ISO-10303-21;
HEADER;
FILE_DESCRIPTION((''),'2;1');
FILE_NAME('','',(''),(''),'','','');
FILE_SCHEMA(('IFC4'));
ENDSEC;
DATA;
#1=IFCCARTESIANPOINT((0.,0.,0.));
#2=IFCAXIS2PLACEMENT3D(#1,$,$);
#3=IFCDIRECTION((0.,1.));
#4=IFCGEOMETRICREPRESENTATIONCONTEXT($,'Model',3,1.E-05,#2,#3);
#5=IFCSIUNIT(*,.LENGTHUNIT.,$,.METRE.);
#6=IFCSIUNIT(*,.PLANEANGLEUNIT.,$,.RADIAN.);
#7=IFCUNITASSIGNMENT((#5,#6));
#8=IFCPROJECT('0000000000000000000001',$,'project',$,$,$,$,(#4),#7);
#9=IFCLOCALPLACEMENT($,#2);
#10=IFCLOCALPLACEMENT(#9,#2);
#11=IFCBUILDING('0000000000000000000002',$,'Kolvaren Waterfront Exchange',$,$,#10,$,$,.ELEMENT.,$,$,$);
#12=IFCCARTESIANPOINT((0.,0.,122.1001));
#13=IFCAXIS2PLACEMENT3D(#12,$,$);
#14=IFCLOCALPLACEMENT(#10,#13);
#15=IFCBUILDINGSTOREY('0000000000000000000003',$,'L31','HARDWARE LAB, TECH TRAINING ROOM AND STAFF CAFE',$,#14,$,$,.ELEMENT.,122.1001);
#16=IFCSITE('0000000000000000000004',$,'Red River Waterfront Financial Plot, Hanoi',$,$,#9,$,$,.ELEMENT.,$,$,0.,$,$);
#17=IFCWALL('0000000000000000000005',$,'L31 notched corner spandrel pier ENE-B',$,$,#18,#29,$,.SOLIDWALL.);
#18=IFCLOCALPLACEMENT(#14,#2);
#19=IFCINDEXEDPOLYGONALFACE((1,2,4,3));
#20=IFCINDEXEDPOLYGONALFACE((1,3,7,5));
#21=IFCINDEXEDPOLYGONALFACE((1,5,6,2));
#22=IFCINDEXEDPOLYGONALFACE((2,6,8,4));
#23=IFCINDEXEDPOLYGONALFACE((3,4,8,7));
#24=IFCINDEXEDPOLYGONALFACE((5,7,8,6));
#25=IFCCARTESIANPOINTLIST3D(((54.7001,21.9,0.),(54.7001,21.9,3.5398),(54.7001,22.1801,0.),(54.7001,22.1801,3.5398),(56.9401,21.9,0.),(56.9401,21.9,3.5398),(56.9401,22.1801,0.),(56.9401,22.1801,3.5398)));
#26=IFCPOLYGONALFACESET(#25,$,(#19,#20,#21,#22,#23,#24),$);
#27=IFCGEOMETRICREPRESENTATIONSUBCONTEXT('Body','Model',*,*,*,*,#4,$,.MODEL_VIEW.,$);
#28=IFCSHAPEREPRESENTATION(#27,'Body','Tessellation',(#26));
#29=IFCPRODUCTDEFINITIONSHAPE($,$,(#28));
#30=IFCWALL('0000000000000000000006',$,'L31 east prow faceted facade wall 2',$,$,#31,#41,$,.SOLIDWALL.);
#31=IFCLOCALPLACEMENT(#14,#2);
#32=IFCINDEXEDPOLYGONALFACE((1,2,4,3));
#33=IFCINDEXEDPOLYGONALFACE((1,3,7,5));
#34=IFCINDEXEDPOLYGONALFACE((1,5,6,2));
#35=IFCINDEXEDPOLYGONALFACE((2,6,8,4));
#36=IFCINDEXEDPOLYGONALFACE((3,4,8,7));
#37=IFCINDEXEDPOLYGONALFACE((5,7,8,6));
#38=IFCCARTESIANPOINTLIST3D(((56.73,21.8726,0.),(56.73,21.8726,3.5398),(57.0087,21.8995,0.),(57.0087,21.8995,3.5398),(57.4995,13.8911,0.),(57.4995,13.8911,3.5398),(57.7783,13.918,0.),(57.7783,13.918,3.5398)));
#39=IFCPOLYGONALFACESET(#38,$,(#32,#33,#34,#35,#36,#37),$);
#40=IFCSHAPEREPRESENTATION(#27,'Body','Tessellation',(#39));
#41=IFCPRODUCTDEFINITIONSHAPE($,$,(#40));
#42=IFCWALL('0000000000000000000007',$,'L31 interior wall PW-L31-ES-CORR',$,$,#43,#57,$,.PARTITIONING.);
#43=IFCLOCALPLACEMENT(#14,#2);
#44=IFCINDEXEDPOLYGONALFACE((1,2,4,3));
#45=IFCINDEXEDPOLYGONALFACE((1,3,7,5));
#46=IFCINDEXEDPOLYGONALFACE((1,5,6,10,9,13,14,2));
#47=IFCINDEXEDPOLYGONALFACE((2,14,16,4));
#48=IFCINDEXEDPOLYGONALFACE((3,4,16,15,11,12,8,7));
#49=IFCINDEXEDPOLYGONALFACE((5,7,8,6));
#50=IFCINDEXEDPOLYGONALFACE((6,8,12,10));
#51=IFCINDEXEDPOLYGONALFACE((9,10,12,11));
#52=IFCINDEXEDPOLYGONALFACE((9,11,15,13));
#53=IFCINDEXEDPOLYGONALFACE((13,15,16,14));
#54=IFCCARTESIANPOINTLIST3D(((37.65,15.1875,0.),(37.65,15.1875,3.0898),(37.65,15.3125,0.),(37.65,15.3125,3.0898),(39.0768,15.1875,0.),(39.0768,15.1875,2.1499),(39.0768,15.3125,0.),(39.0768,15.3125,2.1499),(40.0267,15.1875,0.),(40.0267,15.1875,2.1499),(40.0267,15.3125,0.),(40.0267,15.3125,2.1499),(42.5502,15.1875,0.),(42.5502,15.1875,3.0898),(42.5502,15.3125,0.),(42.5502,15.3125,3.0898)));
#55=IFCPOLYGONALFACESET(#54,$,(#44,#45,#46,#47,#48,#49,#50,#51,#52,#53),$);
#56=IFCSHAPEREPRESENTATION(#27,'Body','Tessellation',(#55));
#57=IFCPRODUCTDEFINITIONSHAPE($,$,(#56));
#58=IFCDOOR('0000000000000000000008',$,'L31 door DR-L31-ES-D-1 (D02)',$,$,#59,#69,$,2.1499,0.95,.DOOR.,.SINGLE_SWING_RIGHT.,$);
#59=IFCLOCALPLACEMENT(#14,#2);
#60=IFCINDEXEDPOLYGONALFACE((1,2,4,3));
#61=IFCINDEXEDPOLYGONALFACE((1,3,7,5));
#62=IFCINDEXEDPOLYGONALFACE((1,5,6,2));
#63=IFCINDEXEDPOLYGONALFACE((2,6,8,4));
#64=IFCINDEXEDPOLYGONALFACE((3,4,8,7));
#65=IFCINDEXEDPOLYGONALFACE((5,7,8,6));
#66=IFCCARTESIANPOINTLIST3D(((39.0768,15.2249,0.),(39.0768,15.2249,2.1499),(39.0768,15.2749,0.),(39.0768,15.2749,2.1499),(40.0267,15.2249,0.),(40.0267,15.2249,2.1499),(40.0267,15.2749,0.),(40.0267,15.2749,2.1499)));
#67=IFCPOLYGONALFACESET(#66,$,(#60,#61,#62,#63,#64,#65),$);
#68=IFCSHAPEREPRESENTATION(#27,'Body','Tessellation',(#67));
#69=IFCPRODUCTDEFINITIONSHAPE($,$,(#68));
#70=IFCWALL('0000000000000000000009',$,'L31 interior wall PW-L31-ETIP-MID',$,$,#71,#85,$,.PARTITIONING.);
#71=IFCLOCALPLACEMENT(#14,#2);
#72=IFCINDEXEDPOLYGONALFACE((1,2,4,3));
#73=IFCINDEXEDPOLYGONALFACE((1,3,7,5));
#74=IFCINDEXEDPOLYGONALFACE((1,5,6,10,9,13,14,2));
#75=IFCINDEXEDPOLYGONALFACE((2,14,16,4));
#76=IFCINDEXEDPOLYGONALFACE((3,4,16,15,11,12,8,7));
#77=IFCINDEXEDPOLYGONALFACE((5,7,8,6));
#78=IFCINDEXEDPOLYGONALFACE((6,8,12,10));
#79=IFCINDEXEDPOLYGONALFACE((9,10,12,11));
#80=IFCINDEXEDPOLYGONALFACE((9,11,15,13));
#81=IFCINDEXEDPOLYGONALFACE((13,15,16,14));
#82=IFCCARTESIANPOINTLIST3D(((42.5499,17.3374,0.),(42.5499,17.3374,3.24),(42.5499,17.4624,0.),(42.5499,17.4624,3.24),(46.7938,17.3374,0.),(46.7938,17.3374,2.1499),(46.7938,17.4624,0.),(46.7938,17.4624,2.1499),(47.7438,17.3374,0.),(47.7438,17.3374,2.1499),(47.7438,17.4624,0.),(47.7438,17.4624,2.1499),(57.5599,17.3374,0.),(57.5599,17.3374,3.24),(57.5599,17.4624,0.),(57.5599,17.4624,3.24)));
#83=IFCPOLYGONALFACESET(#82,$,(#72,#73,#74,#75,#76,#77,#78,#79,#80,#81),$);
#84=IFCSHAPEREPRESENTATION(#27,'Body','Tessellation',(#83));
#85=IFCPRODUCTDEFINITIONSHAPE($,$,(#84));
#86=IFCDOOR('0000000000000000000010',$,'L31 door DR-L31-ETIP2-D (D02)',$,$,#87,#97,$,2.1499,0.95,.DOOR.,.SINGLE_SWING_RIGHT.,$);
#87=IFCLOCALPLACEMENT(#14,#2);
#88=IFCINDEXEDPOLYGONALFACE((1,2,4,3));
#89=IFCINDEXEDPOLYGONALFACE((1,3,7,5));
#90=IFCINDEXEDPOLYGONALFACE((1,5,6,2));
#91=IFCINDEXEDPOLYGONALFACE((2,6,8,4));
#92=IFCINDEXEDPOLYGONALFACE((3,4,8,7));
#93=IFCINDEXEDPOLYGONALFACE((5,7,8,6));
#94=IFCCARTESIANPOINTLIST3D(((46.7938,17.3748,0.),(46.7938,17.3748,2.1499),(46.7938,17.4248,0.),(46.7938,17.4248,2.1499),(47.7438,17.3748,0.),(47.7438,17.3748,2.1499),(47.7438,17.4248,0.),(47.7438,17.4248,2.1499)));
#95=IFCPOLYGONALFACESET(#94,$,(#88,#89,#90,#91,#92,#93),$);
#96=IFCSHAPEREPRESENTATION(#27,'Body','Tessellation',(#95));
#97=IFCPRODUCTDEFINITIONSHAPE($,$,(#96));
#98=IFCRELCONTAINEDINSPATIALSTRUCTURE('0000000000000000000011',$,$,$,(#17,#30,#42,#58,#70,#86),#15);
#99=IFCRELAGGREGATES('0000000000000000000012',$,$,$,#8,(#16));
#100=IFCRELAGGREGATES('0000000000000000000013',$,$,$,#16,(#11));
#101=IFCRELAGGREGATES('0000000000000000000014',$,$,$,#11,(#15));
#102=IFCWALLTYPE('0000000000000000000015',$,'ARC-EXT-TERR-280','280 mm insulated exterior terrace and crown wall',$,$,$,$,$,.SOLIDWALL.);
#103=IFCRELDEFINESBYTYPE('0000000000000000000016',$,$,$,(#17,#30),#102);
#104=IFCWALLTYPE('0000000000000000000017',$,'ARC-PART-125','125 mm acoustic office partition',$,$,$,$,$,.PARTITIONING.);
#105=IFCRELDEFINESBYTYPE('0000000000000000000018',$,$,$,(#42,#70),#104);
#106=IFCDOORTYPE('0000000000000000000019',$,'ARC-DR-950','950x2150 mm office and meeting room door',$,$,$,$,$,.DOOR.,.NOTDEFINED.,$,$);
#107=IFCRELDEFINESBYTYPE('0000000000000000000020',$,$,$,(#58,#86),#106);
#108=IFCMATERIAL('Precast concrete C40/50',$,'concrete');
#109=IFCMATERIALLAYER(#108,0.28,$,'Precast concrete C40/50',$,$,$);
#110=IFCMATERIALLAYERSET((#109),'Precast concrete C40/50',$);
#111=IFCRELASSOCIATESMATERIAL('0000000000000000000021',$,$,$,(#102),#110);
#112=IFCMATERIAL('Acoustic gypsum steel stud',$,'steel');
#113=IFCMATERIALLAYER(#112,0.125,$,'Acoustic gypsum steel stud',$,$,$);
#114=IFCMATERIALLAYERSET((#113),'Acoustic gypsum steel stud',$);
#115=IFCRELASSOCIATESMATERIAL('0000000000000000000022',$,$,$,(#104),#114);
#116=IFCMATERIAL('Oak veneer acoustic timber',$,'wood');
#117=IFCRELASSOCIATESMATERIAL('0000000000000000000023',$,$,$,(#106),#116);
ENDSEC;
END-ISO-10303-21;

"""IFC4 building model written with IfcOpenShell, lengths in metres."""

from ifc_helpers import new_model, si_unit, direction, frame, frame_2d, origin, place, context, subcontext, project, spatial, rectangle, extrude, material, layer, layer_set, type_object, element, fill, save


model = new_model("IFC4")

# Units and contexts
model_context = context("Model", 3, precision=1e-05, world=origin(), true_north=direction((0.0, 1.0)))
body_context = subcontext(model_context, "Body", "Model", "MODEL_VIEW")
ifc_project = project(units=[si_unit("LENGTHUNIT", "METRE"), si_unit("PLANEANGLEUNIT", "RADIAN")], contexts=[model_context])

# Site, building, storey
site_placement = place(None, origin())
site = spatial("IfcSite", under=ifc_project, at=site_placement, Name="Red River Waterfront Financial Plot, Hanoi", CompositionType="ELEMENT", RefElevation=0.0)
building_placement = place(site_placement, origin())
building = spatial("IfcBuilding", under=site, at=building_placement, Name="Kolvaren Waterfront Exchange", CompositionType="ELEMENT")
storey_placement = place(building_placement, frame((0.0, 0.0, 122.1001)))
storey = spatial("IfcBuildingStorey", under=building, at=storey_placement, Name="L31", Description="HARDWARE LAB, TECH TRAINING ROOM AND STAFF CAFE", CompositionType="ELEMENT", Elevation=122.1001)

# Walls
ifc_material_1 = material(Name="Precast concrete C40/50", Category="concrete")
ifc_layer_1 = layer(ifc_material_1, 0.28, Name="Precast concrete C40/50")
ifc_layer_set_1 = layer_set([ifc_layer_1], Name="Precast concrete C40/50")
wall_type_1 = type_object("IfcWallType", Name="ARC-EXT-TERR-280", Description="280 mm insulated exterior terrace and crown wall", PredefinedType="SOLIDWALL", material=ifc_layer_set_1)
wall_1_placement = place(storey_placement, frame((54.7, 22.04, 0.0), z_axis=(0.0, 0.0, 1.0), x_axis=(1.0, 0.0, 0.0)))
element("IfcWall", 1, at=wall_1_placement, inside=storey, type_object=wall_type_1, Name="L31 notched corner spandrel pier ENE-B", PredefinedType="SOLIDWALL", context=body_context, shape_type="SweptSolid", body=[
    extrude(rectangle(XDim=2.24, YDim=0.28, at=frame_2d((1.1201, 0.0))), origin(), (0.0, 0.0, 1.0), 3.5398),
])
wall_2_placement = place(storey_placement, frame((57.6389, 13.9045, 0.0), z_axis=(0.0, 0.0, 1.0), x_axis=(-0.09597, 0.995384, 0.0)))
element("IfcWall", 2, at=wall_2_placement, inside=storey, type_object=wall_type_1, Name="L31 east prow faceted facade wall 2", PredefinedType="SOLIDWALL", context=body_context, shape_type="SweptSolid", body=[
    extrude(rectangle(XDim=8.0186, YDim=0.28, at=frame_2d((4.0093, 0.0))), origin(), (0.0, 0.0, 1.0), 3.5398),
])

# Walls, openings, doors
ifc_material_2 = material(Name="Acoustic gypsum steel stud", Category="steel")
ifc_layer_2 = layer(ifc_material_2, 0.125, Name="Acoustic gypsum steel stud")
ifc_layer_set_2 = layer_set([ifc_layer_2], Name="Acoustic gypsum steel stud")
wall_type_2 = type_object("IfcWallType", Name="ARC-PART-125", Description="125 mm acoustic office partition", PredefinedType="PARTITIONING", material=ifc_layer_set_2)
wall_3_placement = place(storey_placement, frame((37.6499, 15.25, 0.0), z_axis=(0.0, 0.0, 1.0), x_axis=(1.0, 0.0, 0.0)))
wall_3 = element("IfcWall", 3, at=wall_3_placement, inside=storey, type_object=wall_type_2, Name="L31 interior wall PW-L31-ES-CORR", PredefinedType="PARTITIONING", context=body_context, shape_type="SweptSolid", body=[
    extrude(rectangle(XDim=4.9001, YDim=0.125, at=frame_2d((2.4502, 0.0))), origin(), (0.0, 0.0, 1.0), 3.0898),
])
opening_1_placement = place(wall_3_placement, frame((1.4268, 0.0, 0.0)))
opening_1 = element("IfcOpeningElement", 4, at=opening_1_placement, cuts=wall_3, PredefinedType="OPENING", context=body_context, shape_type="SweptSolid", body=[
    extrude(rectangle(XDim=0.95, YDim=2.1499, at=frame_2d((0.4751, 1.075))), frame((0.0, 0.0725, 0.0), z_axis=(0.0, -1.0, 0.0), x_axis=(1.0, 0.0, 0.0)), (0.0, 0.0, 1.0), 0.145),
])
ifc_material_3 = material(Name="Oak veneer acoustic timber", Category="wood")
door_type = type_object("IfcDoorType", Name="ARC-DR-950", Description="950x2150 mm office and meeting room door", OperationType="NOTDEFINED", PredefinedType="DOOR", material=ifc_material_3)
door_1_placement = place(opening_1_placement, origin())
door_1 = element("IfcDoor", 5, at=door_1_placement, inside=storey, type_object=door_type, Name="L31 door DR-L31-ES-D-1 (D02)", OperationType="SINGLE_SWING_RIGHT", OverallHeight=2.1499, OverallWidth=0.95, PredefinedType="DOOR", context=body_context, shape_type="SweptSolid", body=[
    extrude(rectangle(XDim=0.95, YDim=2.1499, at=frame_2d((0.4751, 1.075))), frame((0.0, 0.0249, 0.0), z_axis=(0.0, -1.0, 0.0), x_axis=(1.0, 0.0, 0.0)), (0.0, 0.0, 1.0), 0.05),
])
fill(opening_1, door_1)
wall_4_placement = place(storey_placement, frame((42.55, 17.3999, 0.0), z_axis=(0.0, 0.0, 1.0), x_axis=(1.0, 0.0, 0.0)))
wall_4 = element("IfcWall", 6, at=wall_4_placement, inside=storey, type_object=wall_type_2, Name="L31 interior wall PW-L31-ETIP-MID", PredefinedType="PARTITIONING", context=body_context, shape_type="SweptSolid", body=[
    extrude(rectangle(XDim=15.01, YDim=0.125, at=frame_2d((7.5049, 0.0))), origin(), (0.0, 0.0, 1.0), 3.24),
])
opening_2_placement = place(wall_4_placement, frame((4.2437, 0.0, 0.0)))
opening_2 = element("IfcOpeningElement", 7, at=opening_2_placement, cuts=wall_4, PredefinedType="OPENING", context=body_context, shape_type="SweptSolid", body=[
    extrude(rectangle(XDim=0.95, YDim=2.1499, at=frame_2d((0.4751, 1.075))), frame((0.0, 0.0725, 0.0), z_axis=(0.0, -1.0, 0.0), x_axis=(1.0, 0.0, 0.0)), (0.0, 0.0, 1.0), 0.145),
])
door_2_placement = place(opening_2_placement, origin())
door_2 = element("IfcDoor", 8, at=door_2_placement, inside=storey, type_object=door_type, Name="L31 door DR-L31-ETIP2-D (D02)", OperationType="SINGLE_SWING_RIGHT", OverallHeight=2.1499, OverallWidth=0.95, PredefinedType="DOOR", context=body_context, shape_type="SweptSolid", body=[
    extrude(rectangle(XDim=0.95, YDim=2.1499, at=frame_2d((0.4751, 1.075))), frame((0.0, 0.0249, 0.0), z_axis=(0.0, -1.0, 0.0), x_axis=(1.0, 0.0, 0.0)), (0.0, 0.0, 1.0), 0.05),
])
fill(opening_2, door_2)

save(model, "model.ifc")
